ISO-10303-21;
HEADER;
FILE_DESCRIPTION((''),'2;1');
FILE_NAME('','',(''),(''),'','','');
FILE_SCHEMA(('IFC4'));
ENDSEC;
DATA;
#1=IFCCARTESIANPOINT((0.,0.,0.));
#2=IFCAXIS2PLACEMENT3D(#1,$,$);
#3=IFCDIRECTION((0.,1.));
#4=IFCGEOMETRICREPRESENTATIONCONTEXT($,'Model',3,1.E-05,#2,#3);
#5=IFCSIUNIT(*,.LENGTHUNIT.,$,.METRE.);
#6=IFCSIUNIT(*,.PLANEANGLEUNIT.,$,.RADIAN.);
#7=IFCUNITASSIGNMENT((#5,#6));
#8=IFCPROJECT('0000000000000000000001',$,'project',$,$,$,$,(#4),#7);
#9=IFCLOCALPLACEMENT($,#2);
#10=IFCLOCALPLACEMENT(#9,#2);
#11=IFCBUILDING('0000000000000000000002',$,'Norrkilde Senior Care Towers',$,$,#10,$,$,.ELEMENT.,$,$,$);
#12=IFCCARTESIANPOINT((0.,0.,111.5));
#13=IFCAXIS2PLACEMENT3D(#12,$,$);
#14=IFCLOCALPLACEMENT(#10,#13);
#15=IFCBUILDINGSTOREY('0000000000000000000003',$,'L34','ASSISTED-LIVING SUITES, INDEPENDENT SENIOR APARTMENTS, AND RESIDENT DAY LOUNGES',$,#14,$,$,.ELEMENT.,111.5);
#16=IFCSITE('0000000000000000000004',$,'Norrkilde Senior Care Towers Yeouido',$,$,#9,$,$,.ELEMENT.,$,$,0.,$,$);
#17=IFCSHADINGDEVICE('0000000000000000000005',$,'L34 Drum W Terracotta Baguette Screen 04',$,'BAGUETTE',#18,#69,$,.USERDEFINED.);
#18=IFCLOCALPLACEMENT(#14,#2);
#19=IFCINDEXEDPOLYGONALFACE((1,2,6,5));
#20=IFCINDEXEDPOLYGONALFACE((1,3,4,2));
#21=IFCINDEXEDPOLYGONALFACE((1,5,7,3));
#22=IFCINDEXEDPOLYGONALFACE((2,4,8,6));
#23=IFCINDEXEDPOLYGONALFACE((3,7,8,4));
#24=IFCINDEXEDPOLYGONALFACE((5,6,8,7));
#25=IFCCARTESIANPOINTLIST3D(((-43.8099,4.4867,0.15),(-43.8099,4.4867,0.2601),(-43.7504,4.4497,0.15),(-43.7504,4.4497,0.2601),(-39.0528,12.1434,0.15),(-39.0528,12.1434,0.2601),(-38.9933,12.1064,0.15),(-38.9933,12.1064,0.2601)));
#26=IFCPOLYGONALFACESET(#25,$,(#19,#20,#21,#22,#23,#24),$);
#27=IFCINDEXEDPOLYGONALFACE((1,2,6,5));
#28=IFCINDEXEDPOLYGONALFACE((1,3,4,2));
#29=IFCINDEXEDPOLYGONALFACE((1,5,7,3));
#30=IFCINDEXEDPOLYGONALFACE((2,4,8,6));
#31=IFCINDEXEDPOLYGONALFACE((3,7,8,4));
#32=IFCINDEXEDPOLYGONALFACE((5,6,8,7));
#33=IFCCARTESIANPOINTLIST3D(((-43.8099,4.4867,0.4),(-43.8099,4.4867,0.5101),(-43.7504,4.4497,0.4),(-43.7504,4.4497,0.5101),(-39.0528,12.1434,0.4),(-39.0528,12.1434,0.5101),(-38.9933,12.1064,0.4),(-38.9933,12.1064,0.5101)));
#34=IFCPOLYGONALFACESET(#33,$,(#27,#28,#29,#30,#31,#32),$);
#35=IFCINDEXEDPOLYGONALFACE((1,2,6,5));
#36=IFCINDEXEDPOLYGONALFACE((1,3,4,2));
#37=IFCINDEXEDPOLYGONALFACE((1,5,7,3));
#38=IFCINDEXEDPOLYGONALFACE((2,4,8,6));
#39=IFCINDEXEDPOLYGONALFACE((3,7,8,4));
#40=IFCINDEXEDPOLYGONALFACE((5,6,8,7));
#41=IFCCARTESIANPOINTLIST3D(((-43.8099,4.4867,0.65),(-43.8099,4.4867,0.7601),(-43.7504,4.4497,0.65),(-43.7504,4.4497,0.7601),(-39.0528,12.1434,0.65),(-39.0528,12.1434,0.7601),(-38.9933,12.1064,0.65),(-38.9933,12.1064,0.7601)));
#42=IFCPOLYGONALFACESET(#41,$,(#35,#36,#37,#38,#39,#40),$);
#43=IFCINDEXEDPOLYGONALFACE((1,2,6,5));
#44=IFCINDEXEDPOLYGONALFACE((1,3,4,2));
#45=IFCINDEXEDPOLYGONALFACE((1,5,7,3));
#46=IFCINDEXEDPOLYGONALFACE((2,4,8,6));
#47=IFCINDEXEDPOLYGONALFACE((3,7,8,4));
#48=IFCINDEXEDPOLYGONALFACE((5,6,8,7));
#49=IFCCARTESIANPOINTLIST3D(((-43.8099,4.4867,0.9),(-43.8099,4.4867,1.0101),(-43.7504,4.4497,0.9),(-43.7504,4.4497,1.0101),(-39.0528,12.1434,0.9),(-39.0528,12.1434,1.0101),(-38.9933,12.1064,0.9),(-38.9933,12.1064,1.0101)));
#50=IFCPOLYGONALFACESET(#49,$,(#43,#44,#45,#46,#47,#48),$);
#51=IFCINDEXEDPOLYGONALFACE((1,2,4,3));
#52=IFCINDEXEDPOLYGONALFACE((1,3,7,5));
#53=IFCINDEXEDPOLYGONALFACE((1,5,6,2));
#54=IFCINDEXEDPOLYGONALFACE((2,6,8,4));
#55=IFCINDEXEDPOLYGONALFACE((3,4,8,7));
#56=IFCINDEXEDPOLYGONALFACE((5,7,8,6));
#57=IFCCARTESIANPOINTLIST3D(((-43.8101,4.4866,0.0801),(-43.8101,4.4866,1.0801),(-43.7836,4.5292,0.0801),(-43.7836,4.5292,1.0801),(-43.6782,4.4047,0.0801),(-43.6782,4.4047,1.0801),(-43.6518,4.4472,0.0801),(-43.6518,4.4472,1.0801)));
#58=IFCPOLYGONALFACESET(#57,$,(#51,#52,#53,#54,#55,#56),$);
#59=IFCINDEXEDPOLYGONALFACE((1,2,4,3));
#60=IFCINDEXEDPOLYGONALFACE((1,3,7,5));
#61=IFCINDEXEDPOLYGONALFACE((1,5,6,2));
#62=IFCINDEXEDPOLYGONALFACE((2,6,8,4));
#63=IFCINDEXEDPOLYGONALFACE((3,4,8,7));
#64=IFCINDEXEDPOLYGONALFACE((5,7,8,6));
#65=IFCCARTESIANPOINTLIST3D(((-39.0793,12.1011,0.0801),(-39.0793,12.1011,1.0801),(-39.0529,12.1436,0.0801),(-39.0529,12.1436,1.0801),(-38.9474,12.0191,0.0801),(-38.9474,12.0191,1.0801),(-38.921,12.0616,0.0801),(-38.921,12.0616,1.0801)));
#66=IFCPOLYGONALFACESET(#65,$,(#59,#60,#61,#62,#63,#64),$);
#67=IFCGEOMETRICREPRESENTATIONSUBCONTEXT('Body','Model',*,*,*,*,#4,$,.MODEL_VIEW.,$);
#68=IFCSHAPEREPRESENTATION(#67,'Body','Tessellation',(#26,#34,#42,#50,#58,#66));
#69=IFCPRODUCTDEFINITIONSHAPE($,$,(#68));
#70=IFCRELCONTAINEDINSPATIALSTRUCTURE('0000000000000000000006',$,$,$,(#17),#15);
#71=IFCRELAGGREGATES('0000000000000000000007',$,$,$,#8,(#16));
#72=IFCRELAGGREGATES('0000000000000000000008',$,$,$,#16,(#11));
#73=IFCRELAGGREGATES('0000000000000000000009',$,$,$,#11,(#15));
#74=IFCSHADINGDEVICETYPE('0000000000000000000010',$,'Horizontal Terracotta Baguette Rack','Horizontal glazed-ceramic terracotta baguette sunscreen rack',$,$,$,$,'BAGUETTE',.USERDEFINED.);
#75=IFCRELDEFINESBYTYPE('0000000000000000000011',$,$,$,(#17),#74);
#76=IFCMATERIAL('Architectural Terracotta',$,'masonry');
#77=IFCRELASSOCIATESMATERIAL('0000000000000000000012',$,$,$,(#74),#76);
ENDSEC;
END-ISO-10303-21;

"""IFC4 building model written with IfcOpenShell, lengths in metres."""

from ifc_helpers import new_model, si_unit, direction, frame, origin, origin_2d, place, context, subcontext, project, spatial, rectangle, extrude, source, transform, mapped, material, type_object, type_shapes, element, save


model = new_model("IFC4")

# Units and contexts
model_context = context("Model", 3, precision=1e-05, world=origin(), true_north=direction((0.0, 1.0)))
body_context = subcontext(model_context, "Body", "Model", "MODEL_VIEW")
ifc_project = project(units=[si_unit("LENGTHUNIT", "METRE"), si_unit("PLANEANGLEUNIT", "RADIAN")], contexts=[model_context])

# Site, building, storey
site_placement = place(None, origin())
site = spatial("IfcSite", under=ifc_project, at=site_placement, Name="Norrkilde Senior Care Towers Yeouido", CompositionType="ELEMENT", RefElevation=0.0)
building_placement = place(site_placement, origin())
building = spatial("IfcBuilding", under=site, at=building_placement, Name="Norrkilde Senior Care Towers", CompositionType="ELEMENT")
storey_placement = place(building_placement, frame((0.0, 0.0, 111.5)))
storey = spatial("IfcBuildingStorey", under=building, at=storey_placement, Name="L34", Description="ASSISTED-LIVING SUITES, INDEPENDENT SENIOR APARTMENTS, AND RESIDENT DAY LOUNGES", CompositionType="ELEMENT", Elevation=111.5)

# Shading device
ifc_material_1 = material(Name="Architectural Terracotta", Category="masonry")
shading_device_type = type_object("IfcShadingDeviceType", Name="Horizontal Terracotta Baguette Rack", Description="Horizontal glazed-ceramic terracotta baguette sunscreen rack", ElementType="BAGUETTE", PredefinedType="USERDEFINED", material=ifc_material_1)
shared_shape_1 = source(origin(), body_context, "Body", "SweptSolid", [
    extrude(rectangle(XDim=0.0701, YDim=0.1101, at=origin_2d()), frame((0.0, 0.0901, 0.125), z_axis=(1.0, 0.0, 0.0), x_axis=(0.0, 1.0, 0.0)), (0.0, 0.0, 1.0), 9.0142),
    extrude(rectangle(XDim=0.0701, YDim=0.1101, at=origin_2d()), frame((0.0, 0.0901, 0.375), z_axis=(1.0, 0.0, 0.0), x_axis=(0.0, 1.0, 0.0)), (0.0, 0.0, 1.0), 9.0142),
    extrude(rectangle(XDim=0.0701, YDim=0.1101, at=origin_2d()), frame((0.0, 0.0901, 0.625), z_axis=(1.0, 0.0, 0.0), x_axis=(0.0, 1.0, 0.0)), (0.0, 0.0, 1.0), 9.0142),
    extrude(rectangle(XDim=0.0701, YDim=0.1101, at=origin_2d()), frame((0.0, 0.0901, 0.875), z_axis=(1.0, 0.0, 0.0), x_axis=(0.0, 1.0, 0.0)), (0.0, 0.0, 1.0), 9.0142),
    extrude(rectangle(XDim=0.05, YDim=0.1553, at=origin_2d()), frame((0.0249, 0.0476, 0.0)), (0.0, 0.0, 1.0), 1.0),
    extrude(rectangle(XDim=0.05, YDim=0.1553, at=origin_2d()), frame((8.9893, 0.0476, 0.0)), (0.0, 0.0, 1.0), 1.0),
])
type_shapes(shading_device_type, [shared_shape_1])
shading_device_placement = place(storey_placement, frame((-43.7036, 4.4207, 0.0801), z_axis=(0.0, 0.0, 1.0), x_axis=(0.527734, 0.849412, 0.0)))
element("IfcShadingDevice", 1, at=shading_device_placement, inside=storey, type_object=shading_device_type, Name="L34 Drum W Terracotta Baguette Screen 04", ObjectType="BAGUETTE", PredefinedType="USERDEFINED", context=body_context, shape_type="MappedRepresentation", body=[
    mapped(shared_shape_1, transform((0.0, 0.0, 0.0), x_axis=(1.0, 0.0, 0.0), y_axis=(0.0, 1.0, 0.0), z_axis=(0.0, 0.0, 1.0), scale=1.0)),
])

save(model, "model.ifc")
